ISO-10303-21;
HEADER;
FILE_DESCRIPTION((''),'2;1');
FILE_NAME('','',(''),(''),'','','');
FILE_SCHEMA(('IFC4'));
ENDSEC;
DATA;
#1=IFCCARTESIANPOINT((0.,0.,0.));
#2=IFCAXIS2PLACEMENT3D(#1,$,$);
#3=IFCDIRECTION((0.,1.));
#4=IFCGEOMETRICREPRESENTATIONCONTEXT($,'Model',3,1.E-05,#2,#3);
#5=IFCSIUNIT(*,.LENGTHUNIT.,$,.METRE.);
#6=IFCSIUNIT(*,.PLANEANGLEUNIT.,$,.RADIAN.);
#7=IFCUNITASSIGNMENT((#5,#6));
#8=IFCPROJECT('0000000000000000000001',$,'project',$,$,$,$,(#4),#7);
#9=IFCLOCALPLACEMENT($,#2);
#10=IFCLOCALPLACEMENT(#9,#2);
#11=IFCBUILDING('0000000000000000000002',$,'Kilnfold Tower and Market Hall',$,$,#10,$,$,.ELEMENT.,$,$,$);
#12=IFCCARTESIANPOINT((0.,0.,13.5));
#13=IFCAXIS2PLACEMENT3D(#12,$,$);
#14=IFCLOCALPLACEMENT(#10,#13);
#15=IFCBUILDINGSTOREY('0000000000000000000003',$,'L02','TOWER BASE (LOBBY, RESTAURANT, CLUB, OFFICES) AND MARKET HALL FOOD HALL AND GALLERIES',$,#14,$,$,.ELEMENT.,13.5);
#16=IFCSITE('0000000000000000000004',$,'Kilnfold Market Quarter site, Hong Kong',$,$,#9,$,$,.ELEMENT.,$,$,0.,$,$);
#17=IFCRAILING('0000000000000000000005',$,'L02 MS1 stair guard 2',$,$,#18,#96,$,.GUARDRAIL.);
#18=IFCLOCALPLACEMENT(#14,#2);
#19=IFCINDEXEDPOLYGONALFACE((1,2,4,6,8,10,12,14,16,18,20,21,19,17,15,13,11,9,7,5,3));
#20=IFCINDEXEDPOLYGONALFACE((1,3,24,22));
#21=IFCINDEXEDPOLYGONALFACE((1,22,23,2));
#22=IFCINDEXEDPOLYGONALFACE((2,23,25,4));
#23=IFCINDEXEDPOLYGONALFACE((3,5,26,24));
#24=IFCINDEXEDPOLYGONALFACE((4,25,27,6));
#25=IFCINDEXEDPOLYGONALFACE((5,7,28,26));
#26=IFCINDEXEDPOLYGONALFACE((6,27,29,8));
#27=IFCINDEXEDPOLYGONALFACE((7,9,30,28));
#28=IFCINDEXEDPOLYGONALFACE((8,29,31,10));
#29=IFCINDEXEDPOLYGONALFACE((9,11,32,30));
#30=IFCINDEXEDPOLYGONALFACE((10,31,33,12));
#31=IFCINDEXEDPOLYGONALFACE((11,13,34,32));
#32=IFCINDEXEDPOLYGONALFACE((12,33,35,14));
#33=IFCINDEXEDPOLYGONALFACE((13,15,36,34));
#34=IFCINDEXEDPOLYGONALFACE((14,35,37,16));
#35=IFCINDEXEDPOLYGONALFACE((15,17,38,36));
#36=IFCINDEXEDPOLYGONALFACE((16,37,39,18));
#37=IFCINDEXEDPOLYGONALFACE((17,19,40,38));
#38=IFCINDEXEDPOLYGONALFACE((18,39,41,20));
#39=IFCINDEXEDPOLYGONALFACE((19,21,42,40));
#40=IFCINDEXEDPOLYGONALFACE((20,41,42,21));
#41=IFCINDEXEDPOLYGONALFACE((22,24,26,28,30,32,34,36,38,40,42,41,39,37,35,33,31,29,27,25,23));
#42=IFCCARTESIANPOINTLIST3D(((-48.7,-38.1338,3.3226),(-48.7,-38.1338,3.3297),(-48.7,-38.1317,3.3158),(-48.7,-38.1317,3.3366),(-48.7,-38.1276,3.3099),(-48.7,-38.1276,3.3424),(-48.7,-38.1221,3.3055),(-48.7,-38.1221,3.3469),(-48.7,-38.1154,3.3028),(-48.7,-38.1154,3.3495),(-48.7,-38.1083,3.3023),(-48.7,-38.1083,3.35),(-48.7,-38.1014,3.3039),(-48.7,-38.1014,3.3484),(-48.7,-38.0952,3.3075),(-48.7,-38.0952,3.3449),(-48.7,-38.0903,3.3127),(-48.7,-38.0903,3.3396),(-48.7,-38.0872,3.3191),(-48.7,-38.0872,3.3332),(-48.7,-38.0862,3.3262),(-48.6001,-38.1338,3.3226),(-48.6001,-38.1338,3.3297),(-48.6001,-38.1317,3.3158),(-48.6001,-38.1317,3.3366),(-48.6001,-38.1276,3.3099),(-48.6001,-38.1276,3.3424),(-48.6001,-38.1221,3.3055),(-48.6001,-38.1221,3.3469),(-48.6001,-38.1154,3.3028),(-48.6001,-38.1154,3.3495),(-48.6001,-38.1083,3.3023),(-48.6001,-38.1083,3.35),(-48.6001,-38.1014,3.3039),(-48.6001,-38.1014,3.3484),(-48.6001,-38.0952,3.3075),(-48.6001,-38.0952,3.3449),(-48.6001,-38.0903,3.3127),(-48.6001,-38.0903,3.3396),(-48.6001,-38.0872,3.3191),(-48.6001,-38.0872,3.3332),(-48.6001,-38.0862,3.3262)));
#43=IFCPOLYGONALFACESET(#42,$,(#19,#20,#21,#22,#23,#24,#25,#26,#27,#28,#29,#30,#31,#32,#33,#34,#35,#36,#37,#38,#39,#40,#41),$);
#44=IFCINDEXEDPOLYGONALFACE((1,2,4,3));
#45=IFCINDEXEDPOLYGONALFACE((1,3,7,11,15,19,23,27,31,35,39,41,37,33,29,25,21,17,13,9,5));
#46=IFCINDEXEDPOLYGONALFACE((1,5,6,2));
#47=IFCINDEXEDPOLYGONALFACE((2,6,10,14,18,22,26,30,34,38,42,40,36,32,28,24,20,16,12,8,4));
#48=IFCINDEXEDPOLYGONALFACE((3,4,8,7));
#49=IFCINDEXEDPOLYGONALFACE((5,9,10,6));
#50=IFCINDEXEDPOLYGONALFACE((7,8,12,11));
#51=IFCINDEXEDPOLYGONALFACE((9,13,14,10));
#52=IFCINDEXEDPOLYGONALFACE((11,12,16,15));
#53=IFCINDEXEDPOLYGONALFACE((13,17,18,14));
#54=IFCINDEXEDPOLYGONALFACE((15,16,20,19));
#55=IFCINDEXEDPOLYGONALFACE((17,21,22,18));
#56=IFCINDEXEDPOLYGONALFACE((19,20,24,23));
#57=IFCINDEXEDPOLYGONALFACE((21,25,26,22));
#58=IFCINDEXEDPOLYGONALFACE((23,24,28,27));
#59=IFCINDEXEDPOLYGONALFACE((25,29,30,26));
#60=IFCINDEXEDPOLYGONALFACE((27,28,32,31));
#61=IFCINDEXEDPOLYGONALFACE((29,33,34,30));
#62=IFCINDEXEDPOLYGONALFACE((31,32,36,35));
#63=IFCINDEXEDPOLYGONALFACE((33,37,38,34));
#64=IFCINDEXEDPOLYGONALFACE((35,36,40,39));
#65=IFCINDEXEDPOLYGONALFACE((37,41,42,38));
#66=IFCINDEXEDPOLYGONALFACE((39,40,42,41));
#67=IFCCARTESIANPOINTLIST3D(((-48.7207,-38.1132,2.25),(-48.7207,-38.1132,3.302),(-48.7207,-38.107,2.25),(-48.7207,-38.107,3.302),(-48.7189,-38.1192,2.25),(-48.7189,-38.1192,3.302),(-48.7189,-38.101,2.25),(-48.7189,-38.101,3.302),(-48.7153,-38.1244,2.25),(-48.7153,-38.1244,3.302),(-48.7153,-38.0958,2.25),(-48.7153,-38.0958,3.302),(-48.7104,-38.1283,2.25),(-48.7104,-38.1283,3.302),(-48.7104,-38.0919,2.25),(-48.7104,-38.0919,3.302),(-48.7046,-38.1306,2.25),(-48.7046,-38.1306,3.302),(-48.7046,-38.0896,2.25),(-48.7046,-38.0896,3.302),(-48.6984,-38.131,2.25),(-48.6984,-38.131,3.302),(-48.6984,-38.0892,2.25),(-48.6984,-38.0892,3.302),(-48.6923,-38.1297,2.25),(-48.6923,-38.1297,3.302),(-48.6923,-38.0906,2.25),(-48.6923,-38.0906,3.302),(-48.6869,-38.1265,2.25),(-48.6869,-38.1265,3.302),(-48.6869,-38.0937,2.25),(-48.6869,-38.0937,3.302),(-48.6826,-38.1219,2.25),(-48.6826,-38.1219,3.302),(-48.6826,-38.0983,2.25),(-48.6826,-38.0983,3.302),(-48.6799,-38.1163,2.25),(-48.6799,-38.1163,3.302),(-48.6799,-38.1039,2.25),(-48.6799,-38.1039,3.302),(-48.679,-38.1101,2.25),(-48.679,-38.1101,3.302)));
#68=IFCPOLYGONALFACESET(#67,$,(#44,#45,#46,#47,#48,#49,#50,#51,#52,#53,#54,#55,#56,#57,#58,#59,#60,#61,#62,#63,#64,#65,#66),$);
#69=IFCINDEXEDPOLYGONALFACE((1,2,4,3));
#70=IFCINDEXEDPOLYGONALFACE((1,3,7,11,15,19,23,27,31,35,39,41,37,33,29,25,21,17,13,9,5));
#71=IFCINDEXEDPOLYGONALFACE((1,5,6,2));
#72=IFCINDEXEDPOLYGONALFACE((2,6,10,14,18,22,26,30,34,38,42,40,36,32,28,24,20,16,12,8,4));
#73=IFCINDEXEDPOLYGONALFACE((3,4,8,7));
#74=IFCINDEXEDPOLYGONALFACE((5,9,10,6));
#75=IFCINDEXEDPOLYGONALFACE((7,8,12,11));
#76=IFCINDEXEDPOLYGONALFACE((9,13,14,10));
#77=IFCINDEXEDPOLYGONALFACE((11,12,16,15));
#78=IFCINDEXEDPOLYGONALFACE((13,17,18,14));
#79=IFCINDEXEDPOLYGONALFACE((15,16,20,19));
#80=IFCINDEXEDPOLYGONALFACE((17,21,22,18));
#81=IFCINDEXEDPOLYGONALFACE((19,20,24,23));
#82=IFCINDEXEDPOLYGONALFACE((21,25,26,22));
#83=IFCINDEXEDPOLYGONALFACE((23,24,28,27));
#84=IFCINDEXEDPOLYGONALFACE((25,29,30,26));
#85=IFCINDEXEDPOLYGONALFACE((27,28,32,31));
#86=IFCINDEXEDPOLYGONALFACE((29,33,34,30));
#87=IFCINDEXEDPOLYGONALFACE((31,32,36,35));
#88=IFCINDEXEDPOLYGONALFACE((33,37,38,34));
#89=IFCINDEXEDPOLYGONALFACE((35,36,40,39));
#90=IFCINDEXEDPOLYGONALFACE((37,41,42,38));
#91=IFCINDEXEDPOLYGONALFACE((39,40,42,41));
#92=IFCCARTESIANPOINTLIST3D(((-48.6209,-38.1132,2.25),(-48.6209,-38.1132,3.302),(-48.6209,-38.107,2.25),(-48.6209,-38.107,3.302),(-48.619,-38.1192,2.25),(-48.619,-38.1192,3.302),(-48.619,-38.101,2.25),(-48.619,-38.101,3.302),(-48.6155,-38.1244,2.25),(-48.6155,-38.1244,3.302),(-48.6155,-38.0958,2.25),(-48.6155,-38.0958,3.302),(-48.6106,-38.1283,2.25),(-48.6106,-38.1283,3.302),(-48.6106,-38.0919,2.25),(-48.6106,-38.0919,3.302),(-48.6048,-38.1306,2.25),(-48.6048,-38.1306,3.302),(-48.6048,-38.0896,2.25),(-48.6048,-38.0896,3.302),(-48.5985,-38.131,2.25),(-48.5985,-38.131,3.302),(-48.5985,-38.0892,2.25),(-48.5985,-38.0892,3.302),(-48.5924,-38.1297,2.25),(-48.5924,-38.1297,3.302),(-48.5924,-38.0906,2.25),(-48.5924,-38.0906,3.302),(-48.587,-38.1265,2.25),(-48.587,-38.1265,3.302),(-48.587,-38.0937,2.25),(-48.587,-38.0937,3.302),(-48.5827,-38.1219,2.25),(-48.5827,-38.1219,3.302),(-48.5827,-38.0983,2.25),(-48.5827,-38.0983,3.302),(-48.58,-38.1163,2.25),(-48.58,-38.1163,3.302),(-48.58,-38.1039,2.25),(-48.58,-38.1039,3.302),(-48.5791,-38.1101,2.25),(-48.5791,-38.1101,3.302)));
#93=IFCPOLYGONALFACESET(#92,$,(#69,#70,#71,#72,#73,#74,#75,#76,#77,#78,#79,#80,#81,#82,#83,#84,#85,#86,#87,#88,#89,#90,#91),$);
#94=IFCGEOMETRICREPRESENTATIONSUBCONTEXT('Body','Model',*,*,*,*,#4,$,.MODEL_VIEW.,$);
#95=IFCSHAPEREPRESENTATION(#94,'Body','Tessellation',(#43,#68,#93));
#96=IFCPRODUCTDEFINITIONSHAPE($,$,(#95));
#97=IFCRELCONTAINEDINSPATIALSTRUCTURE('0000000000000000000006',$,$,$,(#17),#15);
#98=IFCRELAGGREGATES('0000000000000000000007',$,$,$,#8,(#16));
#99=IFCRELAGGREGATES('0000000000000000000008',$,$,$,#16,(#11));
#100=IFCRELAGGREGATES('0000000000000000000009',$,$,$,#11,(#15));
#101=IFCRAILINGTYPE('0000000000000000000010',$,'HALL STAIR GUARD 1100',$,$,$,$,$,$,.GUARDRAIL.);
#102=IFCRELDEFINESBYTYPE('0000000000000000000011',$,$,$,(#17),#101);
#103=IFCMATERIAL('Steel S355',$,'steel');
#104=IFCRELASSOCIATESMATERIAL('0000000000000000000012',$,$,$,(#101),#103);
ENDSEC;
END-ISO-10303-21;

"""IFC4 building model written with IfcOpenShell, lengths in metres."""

from ifc_helpers import new_model, si_unit, direction, frame, origin, origin_2d, place, context, subcontext, project, spatial, circle, extrude, material, type_object, element, save


model = new_model("IFC4")

# Units and contexts
model_context = context("Model", 3, precision=1e-05, world=origin(), true_north=direction((0.0, 1.0)))
body_context = subcontext(model_context, "Body", "Model", "MODEL_VIEW")
ifc_project = project(units=[si_unit("LENGTHUNIT", "METRE"), si_unit("PLANEANGLEUNIT", "RADIAN")], contexts=[model_context])

# Site, building, storey
site_placement = place(None, origin())
site = spatial("IfcSite", under=ifc_project, at=site_placement, Name="Kilnfold Market Quarter site, Hong Kong", CompositionType="ELEMENT", RefElevation=0.0)
building_placement = place(site_placement, origin())
building = spatial("IfcBuilding", under=site, at=building_placement, Name="Kilnfold Tower and Market Hall", CompositionType="ELEMENT")
storey_placement = place(building_placement, frame((0.0, 0.0, 13.5)))
storey = spatial("IfcBuildingStorey", under=building, at=storey_placement, Name="L02", Description="TOWER BASE (LOBBY, RESTAURANT, CLUB, OFFICES) AND MARKET HALL FOOD HALL AND GALLERIES", CompositionType="ELEMENT", Elevation=13.5)

# Railing
ifc_material_1 = material(Name="Steel S355", Category="steel")
railing_type_1 = type_object("IfcRailingType", Name="HALL STAIR GUARD 1100", PredefinedType="GUARDRAIL", material=ifc_material_1)
railing_1_placement = place(storey_placement, frame((-48.7, -38.1101, 2.25)))
element("IfcRailing", 1, at=railing_1_placement, inside=storey, type_object=railing_type_1, Name="L02 MS1 stair guard 2", PredefinedType="GUARDRAIL", context=body_context, shape_type="SweptSolid", body=[
    extrude(circle(Radius=0.0239, at=origin_2d()), frame((0.0, 0.0, 1.0762), z_axis=(1.0, 0.0, 0.0), x_axis=(0.0, 1.0, 0.0)), (0.0, 0.0, 1.0), 0.0999),
    extrude(circle(Radius=0.021, at=origin_2d()), origin(), (0.0, 0.0, 1.0), 1.052),
    extrude(circle(Radius=0.021, at=origin_2d()), frame((0.0999, 0.0, 0.0)), (0.0, 0.0, 1.0), 1.052),
])

save(model, "model.ifc")
